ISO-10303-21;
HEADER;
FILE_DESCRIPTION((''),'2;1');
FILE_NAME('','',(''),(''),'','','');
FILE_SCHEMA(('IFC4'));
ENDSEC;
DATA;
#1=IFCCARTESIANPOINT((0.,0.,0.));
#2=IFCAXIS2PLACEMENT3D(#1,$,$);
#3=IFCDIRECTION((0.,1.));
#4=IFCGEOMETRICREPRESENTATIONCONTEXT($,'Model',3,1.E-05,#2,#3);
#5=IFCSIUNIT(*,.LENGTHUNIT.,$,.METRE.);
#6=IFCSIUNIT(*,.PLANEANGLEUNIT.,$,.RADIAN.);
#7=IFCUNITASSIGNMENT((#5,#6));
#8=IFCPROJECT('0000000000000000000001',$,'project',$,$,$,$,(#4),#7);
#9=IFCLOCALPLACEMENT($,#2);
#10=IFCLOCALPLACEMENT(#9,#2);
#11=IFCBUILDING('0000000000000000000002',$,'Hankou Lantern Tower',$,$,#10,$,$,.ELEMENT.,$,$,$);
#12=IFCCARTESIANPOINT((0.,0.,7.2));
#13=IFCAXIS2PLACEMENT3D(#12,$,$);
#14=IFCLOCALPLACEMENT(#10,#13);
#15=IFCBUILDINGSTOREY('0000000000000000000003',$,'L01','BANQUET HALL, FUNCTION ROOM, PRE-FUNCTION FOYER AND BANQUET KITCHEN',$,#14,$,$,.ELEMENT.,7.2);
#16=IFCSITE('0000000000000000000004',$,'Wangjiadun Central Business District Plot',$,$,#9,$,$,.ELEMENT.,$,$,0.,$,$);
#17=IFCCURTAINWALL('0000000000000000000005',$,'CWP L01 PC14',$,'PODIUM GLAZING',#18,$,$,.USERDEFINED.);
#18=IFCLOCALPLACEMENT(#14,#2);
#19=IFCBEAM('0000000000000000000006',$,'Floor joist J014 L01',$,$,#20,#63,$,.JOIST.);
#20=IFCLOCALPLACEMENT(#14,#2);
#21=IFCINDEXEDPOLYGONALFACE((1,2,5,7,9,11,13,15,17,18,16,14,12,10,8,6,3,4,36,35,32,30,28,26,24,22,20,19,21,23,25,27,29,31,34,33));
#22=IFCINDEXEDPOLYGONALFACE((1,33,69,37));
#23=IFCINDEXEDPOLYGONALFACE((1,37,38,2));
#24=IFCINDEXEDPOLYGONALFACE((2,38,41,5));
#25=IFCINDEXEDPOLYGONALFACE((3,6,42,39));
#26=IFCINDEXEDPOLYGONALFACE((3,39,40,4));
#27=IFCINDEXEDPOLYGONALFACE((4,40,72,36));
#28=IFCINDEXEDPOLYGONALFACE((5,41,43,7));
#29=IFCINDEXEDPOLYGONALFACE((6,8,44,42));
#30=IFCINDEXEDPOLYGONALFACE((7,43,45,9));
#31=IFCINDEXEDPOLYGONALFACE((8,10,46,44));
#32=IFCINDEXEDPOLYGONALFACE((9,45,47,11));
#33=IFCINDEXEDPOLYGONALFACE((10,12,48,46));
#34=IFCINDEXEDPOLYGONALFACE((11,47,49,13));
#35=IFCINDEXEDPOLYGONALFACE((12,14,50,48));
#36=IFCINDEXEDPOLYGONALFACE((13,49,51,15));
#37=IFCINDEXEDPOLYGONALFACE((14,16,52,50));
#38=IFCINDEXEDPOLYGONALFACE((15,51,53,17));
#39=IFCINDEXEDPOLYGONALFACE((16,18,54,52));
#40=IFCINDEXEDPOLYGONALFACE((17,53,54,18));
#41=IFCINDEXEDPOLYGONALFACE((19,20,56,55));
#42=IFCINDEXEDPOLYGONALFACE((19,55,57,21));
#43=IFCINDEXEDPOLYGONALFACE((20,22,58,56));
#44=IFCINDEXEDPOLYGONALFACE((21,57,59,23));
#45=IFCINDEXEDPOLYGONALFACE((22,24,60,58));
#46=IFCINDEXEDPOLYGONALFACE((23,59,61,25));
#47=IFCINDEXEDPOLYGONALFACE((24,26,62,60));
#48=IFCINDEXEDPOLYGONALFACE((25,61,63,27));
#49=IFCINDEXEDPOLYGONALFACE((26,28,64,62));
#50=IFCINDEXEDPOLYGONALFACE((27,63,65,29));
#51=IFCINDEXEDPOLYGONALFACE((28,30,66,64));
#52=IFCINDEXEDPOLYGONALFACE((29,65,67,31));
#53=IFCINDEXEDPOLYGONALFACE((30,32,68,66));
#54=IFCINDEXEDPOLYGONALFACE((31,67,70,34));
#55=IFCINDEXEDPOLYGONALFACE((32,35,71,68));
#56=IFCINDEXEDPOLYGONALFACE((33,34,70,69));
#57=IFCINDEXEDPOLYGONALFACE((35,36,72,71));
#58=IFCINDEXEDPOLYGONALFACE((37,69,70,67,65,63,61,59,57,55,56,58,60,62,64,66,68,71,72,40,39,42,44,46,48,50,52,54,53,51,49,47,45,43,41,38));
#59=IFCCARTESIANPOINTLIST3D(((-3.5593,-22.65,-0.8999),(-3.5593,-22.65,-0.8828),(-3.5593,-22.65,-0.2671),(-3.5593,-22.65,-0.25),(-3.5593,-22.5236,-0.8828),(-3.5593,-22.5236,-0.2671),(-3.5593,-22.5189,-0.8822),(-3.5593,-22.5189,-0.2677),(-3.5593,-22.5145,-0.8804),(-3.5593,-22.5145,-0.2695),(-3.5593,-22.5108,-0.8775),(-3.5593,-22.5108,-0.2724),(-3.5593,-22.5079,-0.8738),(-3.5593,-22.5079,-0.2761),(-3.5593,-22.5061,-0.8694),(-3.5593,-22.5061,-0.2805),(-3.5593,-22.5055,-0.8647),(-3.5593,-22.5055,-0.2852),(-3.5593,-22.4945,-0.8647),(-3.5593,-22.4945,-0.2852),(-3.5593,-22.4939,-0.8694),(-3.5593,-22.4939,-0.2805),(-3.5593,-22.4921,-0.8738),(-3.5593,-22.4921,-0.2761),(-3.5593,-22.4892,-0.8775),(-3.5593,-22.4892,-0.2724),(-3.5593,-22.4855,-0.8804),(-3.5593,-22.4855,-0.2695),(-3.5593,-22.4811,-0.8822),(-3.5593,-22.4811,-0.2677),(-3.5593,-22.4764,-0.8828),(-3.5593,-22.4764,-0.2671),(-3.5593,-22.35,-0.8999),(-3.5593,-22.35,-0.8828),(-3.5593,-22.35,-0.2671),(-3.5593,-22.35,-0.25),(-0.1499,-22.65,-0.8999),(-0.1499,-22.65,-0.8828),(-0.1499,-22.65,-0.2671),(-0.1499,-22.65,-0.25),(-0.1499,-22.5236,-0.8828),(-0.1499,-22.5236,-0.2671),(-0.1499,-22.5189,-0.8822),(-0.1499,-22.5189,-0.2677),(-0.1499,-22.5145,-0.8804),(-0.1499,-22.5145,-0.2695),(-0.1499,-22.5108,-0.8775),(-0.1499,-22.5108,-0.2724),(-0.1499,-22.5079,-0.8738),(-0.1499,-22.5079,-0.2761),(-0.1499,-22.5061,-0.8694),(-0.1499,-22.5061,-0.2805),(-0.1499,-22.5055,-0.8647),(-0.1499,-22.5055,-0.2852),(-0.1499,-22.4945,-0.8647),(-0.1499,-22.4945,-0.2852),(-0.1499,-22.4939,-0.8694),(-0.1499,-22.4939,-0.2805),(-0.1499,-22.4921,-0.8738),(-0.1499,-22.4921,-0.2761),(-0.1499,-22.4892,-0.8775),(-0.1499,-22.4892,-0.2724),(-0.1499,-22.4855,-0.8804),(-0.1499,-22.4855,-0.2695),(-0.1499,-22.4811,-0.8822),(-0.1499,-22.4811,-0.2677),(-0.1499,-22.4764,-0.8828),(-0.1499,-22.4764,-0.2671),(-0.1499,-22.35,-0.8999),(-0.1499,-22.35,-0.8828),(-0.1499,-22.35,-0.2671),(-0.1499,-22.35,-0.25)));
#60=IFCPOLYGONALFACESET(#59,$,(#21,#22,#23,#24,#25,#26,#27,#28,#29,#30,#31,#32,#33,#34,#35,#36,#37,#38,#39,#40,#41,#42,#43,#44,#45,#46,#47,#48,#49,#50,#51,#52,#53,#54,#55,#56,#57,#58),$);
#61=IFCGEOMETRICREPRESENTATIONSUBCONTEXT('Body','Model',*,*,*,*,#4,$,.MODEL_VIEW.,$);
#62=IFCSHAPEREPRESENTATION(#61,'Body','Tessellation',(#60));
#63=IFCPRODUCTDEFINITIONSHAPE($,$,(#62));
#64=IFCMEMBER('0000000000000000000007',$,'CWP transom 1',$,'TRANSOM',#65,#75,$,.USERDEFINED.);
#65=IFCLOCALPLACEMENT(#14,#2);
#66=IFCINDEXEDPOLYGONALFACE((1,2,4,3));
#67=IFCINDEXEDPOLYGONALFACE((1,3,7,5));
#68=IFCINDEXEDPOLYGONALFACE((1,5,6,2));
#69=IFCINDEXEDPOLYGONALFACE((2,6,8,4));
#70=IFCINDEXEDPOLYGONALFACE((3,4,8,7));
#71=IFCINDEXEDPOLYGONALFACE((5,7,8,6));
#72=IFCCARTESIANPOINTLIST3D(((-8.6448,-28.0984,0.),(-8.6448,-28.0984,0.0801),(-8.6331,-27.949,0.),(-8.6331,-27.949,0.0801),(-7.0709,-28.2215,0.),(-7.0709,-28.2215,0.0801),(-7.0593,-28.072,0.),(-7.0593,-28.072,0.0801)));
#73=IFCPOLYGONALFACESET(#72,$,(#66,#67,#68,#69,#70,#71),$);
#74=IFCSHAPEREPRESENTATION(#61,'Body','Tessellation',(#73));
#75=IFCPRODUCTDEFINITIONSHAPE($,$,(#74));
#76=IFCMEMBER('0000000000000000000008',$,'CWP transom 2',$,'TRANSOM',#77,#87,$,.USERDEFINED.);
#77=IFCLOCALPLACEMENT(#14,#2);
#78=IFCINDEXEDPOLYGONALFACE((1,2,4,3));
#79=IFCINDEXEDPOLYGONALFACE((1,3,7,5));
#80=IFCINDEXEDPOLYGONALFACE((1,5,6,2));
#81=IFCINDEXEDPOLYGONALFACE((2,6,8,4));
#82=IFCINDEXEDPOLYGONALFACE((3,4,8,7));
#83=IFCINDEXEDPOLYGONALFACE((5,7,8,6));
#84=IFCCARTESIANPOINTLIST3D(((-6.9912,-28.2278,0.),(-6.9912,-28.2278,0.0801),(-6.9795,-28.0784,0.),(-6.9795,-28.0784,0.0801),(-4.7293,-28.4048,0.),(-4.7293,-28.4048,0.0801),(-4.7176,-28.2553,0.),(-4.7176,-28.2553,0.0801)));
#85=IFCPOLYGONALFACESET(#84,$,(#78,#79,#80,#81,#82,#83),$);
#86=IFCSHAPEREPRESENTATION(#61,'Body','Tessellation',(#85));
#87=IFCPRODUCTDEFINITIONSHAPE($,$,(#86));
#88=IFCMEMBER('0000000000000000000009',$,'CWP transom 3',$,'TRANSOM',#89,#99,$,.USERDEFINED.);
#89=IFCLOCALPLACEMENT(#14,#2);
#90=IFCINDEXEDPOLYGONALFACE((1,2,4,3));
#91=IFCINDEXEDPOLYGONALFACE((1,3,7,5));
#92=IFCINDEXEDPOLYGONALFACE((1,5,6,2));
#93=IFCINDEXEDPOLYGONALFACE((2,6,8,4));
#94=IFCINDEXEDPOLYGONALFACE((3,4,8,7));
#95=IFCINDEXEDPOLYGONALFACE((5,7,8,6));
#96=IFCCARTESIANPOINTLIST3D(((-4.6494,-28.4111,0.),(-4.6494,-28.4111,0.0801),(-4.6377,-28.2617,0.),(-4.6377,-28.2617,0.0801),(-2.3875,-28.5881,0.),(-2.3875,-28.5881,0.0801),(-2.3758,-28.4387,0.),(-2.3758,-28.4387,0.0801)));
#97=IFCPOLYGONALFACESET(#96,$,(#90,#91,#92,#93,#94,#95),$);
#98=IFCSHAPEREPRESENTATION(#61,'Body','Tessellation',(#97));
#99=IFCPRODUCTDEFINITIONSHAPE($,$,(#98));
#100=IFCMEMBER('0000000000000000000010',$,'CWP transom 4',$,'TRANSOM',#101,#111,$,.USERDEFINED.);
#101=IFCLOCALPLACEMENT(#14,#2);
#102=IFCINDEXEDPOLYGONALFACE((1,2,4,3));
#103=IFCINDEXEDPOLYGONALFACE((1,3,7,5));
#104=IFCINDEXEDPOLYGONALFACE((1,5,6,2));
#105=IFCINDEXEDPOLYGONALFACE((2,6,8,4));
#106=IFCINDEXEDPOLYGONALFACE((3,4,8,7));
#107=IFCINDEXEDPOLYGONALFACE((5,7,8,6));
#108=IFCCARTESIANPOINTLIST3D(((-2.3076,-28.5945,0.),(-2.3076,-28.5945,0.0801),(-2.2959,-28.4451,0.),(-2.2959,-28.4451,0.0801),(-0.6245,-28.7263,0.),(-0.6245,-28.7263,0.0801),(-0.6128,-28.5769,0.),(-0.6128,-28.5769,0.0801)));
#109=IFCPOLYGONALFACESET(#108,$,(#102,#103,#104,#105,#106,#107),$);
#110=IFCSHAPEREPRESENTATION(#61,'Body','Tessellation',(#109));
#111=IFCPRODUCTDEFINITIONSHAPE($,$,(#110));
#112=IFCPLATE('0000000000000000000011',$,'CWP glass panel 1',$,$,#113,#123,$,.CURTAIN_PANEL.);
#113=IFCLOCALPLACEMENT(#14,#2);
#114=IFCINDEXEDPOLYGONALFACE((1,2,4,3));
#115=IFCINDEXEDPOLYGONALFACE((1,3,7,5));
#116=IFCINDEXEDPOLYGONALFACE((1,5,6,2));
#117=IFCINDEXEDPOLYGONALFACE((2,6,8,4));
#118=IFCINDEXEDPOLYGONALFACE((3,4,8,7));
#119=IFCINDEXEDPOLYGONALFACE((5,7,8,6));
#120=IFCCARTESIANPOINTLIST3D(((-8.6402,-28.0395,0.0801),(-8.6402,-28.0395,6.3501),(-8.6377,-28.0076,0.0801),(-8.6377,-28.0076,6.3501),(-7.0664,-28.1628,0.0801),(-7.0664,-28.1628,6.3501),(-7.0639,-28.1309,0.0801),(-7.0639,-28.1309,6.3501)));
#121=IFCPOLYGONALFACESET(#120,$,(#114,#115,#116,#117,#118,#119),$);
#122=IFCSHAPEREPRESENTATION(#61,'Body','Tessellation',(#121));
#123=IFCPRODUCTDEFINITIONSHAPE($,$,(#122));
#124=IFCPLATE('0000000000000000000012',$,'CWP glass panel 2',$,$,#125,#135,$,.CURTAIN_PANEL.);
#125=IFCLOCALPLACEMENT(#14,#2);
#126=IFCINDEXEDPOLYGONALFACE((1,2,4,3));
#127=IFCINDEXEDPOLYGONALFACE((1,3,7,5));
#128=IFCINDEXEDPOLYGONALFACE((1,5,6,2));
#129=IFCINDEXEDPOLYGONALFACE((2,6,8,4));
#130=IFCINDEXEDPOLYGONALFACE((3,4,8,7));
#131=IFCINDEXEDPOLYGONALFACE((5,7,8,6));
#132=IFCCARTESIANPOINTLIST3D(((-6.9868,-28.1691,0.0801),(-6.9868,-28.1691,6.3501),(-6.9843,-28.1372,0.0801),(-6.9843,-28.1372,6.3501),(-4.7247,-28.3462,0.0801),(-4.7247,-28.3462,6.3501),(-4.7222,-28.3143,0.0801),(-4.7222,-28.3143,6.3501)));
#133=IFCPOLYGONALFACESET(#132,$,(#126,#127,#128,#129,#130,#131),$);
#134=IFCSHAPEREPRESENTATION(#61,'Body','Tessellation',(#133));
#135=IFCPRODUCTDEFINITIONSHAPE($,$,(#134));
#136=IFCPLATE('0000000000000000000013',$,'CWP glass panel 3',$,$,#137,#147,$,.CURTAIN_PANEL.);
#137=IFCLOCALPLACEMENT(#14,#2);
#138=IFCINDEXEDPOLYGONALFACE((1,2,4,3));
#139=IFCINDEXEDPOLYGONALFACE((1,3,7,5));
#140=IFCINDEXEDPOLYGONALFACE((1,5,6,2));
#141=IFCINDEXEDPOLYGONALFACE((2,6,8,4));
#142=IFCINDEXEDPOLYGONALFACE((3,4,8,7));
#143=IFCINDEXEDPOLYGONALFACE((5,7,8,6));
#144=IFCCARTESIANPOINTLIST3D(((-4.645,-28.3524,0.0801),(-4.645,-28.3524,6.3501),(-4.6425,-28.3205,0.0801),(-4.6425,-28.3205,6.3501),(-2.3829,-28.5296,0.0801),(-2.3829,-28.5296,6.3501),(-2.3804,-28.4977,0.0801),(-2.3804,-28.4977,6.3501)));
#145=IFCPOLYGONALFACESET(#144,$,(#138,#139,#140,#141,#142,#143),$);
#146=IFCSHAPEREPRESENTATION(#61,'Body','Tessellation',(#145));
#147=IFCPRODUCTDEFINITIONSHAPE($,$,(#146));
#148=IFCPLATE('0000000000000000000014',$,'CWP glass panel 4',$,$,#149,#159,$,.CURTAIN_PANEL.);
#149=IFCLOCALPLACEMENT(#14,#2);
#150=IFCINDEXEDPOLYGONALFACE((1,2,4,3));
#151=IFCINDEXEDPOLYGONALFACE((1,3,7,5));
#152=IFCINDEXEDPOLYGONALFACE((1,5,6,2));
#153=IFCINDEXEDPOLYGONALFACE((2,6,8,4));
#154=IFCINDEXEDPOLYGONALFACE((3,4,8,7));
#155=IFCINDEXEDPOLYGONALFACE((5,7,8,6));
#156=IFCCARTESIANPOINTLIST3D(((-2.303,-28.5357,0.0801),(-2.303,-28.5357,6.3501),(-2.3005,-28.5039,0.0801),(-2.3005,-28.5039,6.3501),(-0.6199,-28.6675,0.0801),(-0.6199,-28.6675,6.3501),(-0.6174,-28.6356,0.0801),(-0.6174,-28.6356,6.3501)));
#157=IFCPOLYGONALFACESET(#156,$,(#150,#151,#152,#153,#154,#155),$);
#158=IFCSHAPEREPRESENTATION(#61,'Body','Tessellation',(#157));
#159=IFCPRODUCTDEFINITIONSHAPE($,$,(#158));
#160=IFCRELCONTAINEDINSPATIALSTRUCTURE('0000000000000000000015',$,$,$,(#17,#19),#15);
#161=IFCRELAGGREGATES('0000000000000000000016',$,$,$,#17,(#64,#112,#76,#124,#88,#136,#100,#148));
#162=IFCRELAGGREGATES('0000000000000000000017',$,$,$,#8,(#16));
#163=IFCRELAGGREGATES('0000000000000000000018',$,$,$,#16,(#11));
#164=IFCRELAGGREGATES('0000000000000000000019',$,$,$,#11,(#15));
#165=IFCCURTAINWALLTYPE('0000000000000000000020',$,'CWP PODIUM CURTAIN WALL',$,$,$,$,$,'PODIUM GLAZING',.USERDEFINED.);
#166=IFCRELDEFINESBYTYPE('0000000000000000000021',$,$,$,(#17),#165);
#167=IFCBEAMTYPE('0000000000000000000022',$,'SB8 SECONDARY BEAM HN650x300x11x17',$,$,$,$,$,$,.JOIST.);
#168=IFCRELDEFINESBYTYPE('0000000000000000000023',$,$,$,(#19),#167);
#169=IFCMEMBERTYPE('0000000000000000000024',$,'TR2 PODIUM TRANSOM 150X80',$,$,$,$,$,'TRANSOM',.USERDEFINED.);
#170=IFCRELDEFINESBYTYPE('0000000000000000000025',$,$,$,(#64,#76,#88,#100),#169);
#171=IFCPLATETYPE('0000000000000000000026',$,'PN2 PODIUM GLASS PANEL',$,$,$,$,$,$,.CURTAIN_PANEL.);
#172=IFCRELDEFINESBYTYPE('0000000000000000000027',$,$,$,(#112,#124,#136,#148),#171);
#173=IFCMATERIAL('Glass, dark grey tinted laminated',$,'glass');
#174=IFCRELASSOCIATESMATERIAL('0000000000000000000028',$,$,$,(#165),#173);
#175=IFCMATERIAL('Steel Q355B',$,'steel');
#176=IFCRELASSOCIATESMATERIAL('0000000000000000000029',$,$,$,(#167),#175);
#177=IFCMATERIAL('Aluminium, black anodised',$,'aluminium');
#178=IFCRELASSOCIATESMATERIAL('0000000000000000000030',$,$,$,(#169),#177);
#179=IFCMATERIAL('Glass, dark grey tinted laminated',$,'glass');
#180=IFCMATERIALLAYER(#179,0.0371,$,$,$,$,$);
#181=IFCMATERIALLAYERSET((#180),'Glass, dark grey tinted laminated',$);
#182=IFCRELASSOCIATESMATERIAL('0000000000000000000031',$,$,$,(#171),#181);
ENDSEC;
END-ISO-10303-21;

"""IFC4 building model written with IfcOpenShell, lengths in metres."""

from ifc_helpers import new_model, si_unit, direction, frame, origin, origin_2d, place, context, subcontext, project, spatial, rectangle, i_section, extrude, material, layer, layer_set, material_profile, profile_set, type_object, element, aggregate, save


model = new_model("IFC4")

# Units and contexts
model_context = context("Model", 3, precision=1e-05, world=origin(), true_north=direction((0.0, 1.0)))
body_context = subcontext(model_context, "Body", "Model", "MODEL_VIEW")
ifc_project = project(units=[si_unit("LENGTHUNIT", "METRE"), si_unit("PLANEANGLEUNIT", "RADIAN")], contexts=[model_context])

# Site, building, storey
site_placement = place(None, origin())
site = spatial("IfcSite", under=ifc_project, at=site_placement, Name="Wangjiadun Central Business District Plot", CompositionType="ELEMENT", RefElevation=0.0)
building_placement = place(site_placement, origin())
building = spatial("IfcBuilding", under=site, at=building_placement, Name="Hankou Lantern Tower", CompositionType="ELEMENT")
storey_placement = place(building_placement, frame((0.0, 0.0, 7.2)))
storey = spatial("IfcBuildingStorey", under=building, at=storey_placement, Name="L01", Description="BANQUET HALL, FUNCTION ROOM, PRE-FUNCTION FOYER AND BANQUET KITCHEN", CompositionType="ELEMENT", Elevation=7.2)

# Curtain wall
ifc_material_1 = material(Name="Glass, dark grey tinted laminated", Category="glass")
curtain_wall_type = type_object("IfcCurtainWallType", Name="CWP PODIUM CURTAIN WALL", ElementType="PODIUM GLAZING", PredefinedType="USERDEFINED", material=ifc_material_1)
curtain_wall_placement = place(storey_placement, origin())
curtain_wall = element("IfcCurtainWall", 1, at=curtain_wall_placement, inside=storey, type_object=curtain_wall_type, Name="CWP L01 PC14", ObjectType="PODIUM GLAZING", PredefinedType="USERDEFINED")

# Beam
ifc_material_2 = material(Name="Steel Q355B", Category="steel")
ifc_material_profile_1 = material_profile(ifc_material_2, i_section(OverallWidth=0.3, OverallDepth=0.6499, WebThickness=0.011, FlangeThickness=0.0171, FilletRadius=0.0181, at=origin_2d()), Name="HN650x300x11x17")
ifc_profile_set_1 = profile_set([ifc_material_profile_1], Name="Steel Q355B")
beam_type_1 = type_object("IfcBeamType", Name="SB8 SECONDARY BEAM HN650x300x11x17", PredefinedType="JOIST", material=ifc_profile_set_1)
beam_1_placement = place(storey_placement, frame((-3.5593, -22.5, -0.575), z_axis=(1.0, 0.0, 0.0), x_axis=(0.0, 1.0, 0.0)))
element("IfcBeam", 2, at=beam_1_placement, inside=storey, type_object=beam_type_1, Name="Floor joist J014 L01", PredefinedType="JOIST", context=body_context, shape_type="SweptSolid", body=[
    extrude(i_section(OverallWidth=0.3, OverallDepth=0.6499, WebThickness=0.011, FlangeThickness=0.0171, FilletRadius=0.0181, at=origin_2d()), origin(), (0.0, 0.0, 1.0), 3.4094),
])

# Members
ifc_material_3 = material(Name="Aluminium, black anodised", Category="aluminium")
ifc_material_profile_2 = material_profile(ifc_material_3, rectangle(XDim=0.1499, YDim=0.0801, at=origin_2d()), Name="TR2 150X80")
ifc_profile_set_2 = profile_set([ifc_material_profile_2], Name="Aluminium, black anodised")
member_type_1 = type_object("IfcMemberType", Name="TR2 PODIUM TRANSOM 150X80", ElementType="TRANSOM", PredefinedType="USERDEFINED", material=ifc_profile_set_2)
member_1_placement = place(storey_placement, frame((-8.6389, -28.0237, 0.04), z_axis=(0.996957, -0.07795, 0.0), x_axis=(0.07795, 0.996957, 0.0)))
member_1 = element("IfcMember", 3, at=member_1_placement, type_object=member_type_1, Name="CWP transom 1", ObjectType="TRANSOM", PredefinedType="USERDEFINED", context=body_context, shape_type="SweptSolid", body=[
    extrude(rectangle(XDim=0.1499, YDim=0.0801, at=origin_2d()), origin(), (0.0, 0.0, 1.0), 1.5786),
])
member_2_placement = place(storey_placement, frame((-6.9854, -28.1531, 0.04), z_axis=(0.996952, -0.078013, 0.0), x_axis=(0.078013, 0.996952, 0.0)))
member_2 = element("IfcMember", 4, at=member_2_placement, type_object=member_type_1, Name="CWP transom 2", ObjectType="TRANSOM", PredefinedType="USERDEFINED", context=body_context, shape_type="SweptSolid", body=[
    extrude(rectangle(XDim=0.1499, YDim=0.0801, at=origin_2d()), origin(), (0.0, 0.0, 1.0), 2.2688),
])
member_3_placement = place(storey_placement, frame((-4.6436, -28.3364, 0.04), z_axis=(0.996952, -0.078013, 0.0), x_axis=(0.078013, 0.996952, 0.0)))
member_3 = element("IfcMember", 5, at=member_3_placement, type_object=member_type_1, Name="CWP transom 3", ObjectType="TRANSOM", PredefinedType="USERDEFINED", context=body_context, shape_type="SweptSolid", body=[
    extrude(rectangle(XDim=0.1499, YDim=0.0801, at=origin_2d()), origin(), (0.0, 0.0, 1.0), 2.2688),
])
member_4_placement = place(storey_placement, frame((-2.3018, -28.5198, 0.04), z_axis=(0.996946, -0.07809, 0.0), x_axis=(0.07809, 0.996946, 0.0)))
member_4 = element("IfcMember", 6, at=member_4_placement, type_object=member_type_1, Name="CWP transom 4", ObjectType="TRANSOM", PredefinedType="USERDEFINED", context=body_context, shape_type="SweptSolid", body=[
    extrude(rectangle(XDim=0.1499, YDim=0.0801, at=origin_2d()), origin(), (0.0, 0.0, 1.0), 1.6882),
])

# Plates
ifc_material_4 = material(Name="Glass, dark grey tinted laminated", Category="glass")
ifc_layer = layer(ifc_material_4, 0.0371)
ifc_layer_set = layer_set([ifc_layer], Name="Glass, dark grey tinted laminated")
plate_type = type_object("IfcPlateType", Name="PN2 PODIUM GLASS PANEL", PredefinedType="CURTAIN_PANEL", material=ifc_layer_set)
plate_1_placement = place(storey_placement, frame((-7.8521, -28.0852, 0.0801), z_axis=(0.0, 0.0, 1.0), x_axis=(0.996949, -0.078062, 0.0)))
plate_1 = element("IfcPlate", 7, at=plate_1_placement, type_object=plate_type, Name="CWP glass panel 1", PredefinedType="CURTAIN_PANEL", context=body_context, shape_type="SweptSolid", body=[
    extrude(rectangle(XDim=1.5786, YDim=0.032, at=origin_2d()), origin(), (0.0, 0.0, 1.0), 6.27),
])
plate_2_placement = place(storey_placement, frame((-5.8545, -28.2417, 0.0801), z_axis=(0.0, 0.0, 1.0), x_axis=(0.996949, -0.078062, 0.0)))
plate_2 = element("IfcPlate", 8, at=plate_2_placement, type_object=plate_type, Name="CWP glass panel 2", PredefinedType="CURTAIN_PANEL", context=body_context, shape_type="SweptSolid", body=[
    extrude(rectangle(XDim=2.269, YDim=0.032, at=origin_2d()), origin(), (0.0, 0.0, 1.0), 6.27),
])
plate_3_placement = place(storey_placement, frame((-3.5127, -28.425, 0.0801), z_axis=(0.0, 0.0, 1.0), x_axis=(0.996949, -0.078062, 0.0)))
plate_3 = element("IfcPlate", 9, at=plate_3_placement, type_object=plate_type, Name="CWP glass panel 3", PredefinedType="CURTAIN_PANEL", context=body_context, shape_type="SweptSolid", body=[
    extrude(rectangle(XDim=2.269, YDim=0.032, at=origin_2d()), origin(), (0.0, 0.0, 1.0), 6.27),
])
plate_4_placement = place(storey_placement, frame((-1.4602, -28.5857, 0.0801), z_axis=(0.0, 0.0, 1.0), x_axis=(0.996949, -0.078062, 0.0)))
plate_4 = element("IfcPlate", 10, at=plate_4_placement, type_object=plate_type, Name="CWP glass panel 4", PredefinedType="CURTAIN_PANEL", context=body_context, shape_type="SweptSolid", body=[
    extrude(rectangle(XDim=1.6882, YDim=0.032, at=origin_2d()), origin(), (0.0, 0.0, 1.0), 6.27),
])
aggregate(curtain_wall, [member_1, plate_1, member_2, plate_2, member_3, plate_3, member_4, plate_4])

save(model, "model.ifc")
